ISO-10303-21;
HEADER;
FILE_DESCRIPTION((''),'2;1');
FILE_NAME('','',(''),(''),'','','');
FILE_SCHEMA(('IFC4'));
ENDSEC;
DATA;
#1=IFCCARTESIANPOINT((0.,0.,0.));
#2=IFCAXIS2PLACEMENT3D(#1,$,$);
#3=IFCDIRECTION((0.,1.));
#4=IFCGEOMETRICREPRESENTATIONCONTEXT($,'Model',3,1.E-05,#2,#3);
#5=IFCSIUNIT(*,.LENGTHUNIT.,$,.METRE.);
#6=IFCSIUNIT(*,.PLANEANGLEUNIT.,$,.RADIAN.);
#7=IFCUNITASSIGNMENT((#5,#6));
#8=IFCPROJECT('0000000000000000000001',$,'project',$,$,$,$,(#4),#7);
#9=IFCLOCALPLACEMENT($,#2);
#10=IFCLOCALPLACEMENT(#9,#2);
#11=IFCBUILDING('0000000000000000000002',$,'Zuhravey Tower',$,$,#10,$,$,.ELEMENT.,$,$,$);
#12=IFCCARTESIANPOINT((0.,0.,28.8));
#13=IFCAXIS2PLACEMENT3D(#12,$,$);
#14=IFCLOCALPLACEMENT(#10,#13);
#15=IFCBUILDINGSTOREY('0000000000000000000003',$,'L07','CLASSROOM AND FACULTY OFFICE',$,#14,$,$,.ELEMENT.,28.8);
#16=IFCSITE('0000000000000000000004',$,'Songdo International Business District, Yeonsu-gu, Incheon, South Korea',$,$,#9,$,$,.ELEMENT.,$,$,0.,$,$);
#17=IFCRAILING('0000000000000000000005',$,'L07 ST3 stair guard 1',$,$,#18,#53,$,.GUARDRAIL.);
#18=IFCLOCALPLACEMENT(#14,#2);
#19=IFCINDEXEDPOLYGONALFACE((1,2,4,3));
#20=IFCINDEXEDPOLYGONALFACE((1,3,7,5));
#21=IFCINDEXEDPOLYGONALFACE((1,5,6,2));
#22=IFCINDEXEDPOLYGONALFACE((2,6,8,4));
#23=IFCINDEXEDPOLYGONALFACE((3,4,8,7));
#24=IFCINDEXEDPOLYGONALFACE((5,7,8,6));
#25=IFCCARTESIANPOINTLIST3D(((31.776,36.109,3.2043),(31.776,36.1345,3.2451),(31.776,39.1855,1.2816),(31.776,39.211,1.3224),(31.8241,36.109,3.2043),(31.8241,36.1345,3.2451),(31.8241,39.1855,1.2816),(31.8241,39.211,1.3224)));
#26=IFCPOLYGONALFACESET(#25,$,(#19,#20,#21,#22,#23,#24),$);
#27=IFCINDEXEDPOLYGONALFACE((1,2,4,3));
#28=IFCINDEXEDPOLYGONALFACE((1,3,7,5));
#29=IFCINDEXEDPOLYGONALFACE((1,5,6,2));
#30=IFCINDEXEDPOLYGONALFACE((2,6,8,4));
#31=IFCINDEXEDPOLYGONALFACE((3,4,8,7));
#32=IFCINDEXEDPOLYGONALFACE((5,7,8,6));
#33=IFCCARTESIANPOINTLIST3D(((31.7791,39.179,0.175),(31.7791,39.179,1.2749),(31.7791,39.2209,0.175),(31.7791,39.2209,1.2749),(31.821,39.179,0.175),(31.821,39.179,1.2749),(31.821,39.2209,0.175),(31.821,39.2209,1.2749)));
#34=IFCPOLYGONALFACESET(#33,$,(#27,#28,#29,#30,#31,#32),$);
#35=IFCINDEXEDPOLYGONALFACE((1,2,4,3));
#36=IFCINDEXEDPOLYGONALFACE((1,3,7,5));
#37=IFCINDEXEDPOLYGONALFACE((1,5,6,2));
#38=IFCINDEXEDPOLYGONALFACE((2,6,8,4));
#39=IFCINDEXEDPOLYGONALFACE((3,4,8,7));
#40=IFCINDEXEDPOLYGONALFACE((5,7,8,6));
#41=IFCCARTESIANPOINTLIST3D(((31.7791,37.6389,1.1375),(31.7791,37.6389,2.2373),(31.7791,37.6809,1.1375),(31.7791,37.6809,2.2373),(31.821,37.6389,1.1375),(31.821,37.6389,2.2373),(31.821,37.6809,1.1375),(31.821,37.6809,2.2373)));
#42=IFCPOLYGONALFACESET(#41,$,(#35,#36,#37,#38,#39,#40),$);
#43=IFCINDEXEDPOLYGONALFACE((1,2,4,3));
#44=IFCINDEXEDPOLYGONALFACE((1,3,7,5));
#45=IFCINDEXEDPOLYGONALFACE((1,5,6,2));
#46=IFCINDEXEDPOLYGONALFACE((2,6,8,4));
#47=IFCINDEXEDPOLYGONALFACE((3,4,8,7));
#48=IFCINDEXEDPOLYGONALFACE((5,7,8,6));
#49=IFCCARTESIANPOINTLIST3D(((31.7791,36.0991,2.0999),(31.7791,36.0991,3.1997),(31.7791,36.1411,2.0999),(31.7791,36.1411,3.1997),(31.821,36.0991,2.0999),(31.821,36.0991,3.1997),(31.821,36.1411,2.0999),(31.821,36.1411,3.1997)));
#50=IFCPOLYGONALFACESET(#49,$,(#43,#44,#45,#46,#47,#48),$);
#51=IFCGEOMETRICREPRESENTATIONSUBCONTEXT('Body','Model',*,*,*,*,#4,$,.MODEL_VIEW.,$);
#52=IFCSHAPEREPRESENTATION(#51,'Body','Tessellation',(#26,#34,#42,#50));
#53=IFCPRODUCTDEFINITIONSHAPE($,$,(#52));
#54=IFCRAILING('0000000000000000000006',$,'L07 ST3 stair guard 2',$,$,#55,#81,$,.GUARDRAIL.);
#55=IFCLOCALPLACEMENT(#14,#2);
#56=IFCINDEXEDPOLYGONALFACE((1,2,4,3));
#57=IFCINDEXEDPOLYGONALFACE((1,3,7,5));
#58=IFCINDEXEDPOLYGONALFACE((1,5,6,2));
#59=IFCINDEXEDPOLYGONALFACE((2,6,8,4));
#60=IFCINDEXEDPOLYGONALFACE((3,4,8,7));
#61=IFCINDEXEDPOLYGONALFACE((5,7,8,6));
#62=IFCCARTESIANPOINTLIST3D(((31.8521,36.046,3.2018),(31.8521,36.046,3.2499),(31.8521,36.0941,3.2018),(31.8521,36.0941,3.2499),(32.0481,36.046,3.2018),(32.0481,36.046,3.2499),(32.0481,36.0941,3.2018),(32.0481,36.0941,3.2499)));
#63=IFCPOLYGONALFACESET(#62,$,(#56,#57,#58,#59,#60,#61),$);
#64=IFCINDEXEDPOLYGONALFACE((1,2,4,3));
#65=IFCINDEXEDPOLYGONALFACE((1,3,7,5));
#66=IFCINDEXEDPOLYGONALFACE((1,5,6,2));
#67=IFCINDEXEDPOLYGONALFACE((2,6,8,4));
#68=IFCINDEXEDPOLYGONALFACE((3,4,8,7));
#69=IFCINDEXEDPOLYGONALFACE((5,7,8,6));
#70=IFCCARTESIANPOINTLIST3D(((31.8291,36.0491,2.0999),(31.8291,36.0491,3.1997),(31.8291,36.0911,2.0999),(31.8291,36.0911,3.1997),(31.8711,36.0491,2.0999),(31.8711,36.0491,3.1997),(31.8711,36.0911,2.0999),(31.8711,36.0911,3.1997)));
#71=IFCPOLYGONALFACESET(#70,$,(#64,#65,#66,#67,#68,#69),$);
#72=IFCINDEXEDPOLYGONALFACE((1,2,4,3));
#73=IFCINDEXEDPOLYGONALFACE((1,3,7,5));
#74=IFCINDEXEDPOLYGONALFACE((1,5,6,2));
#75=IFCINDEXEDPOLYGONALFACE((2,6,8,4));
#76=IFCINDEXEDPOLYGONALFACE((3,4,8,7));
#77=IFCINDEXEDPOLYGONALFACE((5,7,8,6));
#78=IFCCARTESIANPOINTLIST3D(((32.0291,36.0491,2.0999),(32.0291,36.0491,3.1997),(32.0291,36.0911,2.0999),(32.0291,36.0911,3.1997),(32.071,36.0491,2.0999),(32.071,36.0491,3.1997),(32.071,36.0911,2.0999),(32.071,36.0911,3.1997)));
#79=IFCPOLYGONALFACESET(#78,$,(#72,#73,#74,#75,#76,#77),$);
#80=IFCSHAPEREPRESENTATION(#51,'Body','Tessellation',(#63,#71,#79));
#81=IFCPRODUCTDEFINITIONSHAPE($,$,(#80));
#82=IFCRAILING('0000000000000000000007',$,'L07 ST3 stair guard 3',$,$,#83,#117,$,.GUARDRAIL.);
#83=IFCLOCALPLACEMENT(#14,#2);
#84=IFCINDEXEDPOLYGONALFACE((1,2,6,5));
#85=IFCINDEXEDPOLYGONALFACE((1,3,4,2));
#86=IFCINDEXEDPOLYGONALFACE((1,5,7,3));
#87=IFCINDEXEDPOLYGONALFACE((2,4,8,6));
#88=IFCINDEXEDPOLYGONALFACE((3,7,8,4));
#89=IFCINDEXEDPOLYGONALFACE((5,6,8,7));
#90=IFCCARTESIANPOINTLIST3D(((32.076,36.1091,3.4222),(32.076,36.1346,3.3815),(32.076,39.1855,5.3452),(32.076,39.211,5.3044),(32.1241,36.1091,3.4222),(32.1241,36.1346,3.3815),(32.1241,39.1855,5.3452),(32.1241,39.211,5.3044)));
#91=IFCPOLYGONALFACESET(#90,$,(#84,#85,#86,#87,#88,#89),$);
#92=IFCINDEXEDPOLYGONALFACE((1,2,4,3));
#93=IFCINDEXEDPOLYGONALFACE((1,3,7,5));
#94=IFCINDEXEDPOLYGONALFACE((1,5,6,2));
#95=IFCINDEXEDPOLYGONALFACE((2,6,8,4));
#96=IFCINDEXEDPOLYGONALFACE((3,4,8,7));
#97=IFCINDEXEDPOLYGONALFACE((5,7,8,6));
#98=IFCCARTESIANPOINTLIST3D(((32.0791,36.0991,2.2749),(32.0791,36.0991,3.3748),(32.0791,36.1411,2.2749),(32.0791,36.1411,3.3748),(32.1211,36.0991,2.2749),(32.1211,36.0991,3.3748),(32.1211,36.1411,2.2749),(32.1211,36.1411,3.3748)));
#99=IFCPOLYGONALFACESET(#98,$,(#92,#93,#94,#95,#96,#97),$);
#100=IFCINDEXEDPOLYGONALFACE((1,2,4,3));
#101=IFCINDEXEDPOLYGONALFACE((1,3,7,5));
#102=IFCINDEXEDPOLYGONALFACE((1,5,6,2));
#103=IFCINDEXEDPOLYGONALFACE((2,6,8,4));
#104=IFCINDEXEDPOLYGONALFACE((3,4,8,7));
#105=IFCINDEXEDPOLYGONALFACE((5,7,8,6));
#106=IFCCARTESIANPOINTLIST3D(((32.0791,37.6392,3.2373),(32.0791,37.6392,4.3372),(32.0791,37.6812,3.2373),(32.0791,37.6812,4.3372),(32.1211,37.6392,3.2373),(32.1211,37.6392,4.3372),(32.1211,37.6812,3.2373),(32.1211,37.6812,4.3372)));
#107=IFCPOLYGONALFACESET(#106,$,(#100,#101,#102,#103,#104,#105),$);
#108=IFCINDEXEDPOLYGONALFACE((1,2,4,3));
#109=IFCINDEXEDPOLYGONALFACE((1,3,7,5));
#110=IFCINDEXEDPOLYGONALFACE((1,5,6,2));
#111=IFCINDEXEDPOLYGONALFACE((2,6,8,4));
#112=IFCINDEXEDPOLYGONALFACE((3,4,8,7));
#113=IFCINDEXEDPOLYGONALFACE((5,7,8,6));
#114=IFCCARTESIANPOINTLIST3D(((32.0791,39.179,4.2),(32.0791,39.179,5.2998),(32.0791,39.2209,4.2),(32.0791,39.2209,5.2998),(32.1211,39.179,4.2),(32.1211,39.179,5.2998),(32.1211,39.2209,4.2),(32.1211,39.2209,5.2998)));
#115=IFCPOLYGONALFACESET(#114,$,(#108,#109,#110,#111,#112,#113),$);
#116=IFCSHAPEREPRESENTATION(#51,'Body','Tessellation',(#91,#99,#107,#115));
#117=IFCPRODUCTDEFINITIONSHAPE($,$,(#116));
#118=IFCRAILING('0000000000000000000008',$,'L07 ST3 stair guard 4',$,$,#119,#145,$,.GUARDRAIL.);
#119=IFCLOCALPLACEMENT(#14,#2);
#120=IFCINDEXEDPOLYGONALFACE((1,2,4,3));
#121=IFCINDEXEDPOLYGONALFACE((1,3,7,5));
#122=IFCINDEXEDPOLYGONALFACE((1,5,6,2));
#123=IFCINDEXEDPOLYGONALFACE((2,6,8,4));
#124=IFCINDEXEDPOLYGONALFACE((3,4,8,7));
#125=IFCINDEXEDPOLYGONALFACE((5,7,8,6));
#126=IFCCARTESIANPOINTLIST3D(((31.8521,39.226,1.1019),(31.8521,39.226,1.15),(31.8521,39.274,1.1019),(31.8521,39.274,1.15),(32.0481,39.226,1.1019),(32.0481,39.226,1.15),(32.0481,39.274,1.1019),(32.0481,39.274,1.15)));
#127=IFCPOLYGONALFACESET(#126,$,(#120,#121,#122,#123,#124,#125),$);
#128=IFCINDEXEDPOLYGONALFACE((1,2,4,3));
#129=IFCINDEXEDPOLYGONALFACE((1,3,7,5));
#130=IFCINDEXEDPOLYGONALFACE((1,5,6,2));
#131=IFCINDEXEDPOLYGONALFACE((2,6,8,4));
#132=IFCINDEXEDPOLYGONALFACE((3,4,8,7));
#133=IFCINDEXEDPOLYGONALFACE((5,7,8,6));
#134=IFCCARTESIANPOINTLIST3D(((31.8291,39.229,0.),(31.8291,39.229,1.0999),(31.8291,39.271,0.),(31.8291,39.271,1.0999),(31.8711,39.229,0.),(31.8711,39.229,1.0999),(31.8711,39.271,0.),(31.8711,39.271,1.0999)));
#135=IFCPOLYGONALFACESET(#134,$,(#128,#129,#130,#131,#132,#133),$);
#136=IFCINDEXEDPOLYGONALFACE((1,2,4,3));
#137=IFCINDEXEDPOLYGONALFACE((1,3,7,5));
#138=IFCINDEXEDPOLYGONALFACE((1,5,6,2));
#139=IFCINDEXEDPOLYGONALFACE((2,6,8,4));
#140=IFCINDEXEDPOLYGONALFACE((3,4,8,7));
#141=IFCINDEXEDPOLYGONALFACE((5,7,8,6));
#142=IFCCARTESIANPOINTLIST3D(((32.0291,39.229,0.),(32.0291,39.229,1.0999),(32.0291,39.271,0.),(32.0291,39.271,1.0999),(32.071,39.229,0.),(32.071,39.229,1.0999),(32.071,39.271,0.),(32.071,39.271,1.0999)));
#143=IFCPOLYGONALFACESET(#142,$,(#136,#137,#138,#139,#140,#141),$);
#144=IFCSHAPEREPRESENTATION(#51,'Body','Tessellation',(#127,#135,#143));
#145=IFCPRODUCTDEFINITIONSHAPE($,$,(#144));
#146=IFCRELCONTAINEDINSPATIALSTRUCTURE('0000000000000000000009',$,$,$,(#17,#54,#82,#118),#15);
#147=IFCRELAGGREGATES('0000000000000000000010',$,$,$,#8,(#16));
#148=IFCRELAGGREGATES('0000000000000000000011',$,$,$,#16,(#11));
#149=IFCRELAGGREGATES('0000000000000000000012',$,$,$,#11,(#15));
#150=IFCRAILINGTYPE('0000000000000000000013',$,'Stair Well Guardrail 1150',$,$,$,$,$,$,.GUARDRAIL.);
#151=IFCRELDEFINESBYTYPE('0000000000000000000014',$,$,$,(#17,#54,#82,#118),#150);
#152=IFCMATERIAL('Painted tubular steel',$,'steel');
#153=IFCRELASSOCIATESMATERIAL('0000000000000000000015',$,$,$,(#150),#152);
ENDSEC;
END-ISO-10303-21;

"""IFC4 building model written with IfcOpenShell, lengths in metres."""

from ifc_helpers import new_model, si_unit, direction, frame, origin, origin_2d, place, context, subcontext, project, spatial, rectangle, extrude, material, type_object, element, save


model = new_model("IFC4")

# Units and contexts
model_context = context("Model", 3, precision=1e-05, world=origin(), true_north=direction((0.0, 1.0)))
body_context = subcontext(model_context, "Body", "Model", "MODEL_VIEW")
ifc_project = project(units=[si_unit("LENGTHUNIT", "METRE"), si_unit("PLANEANGLEUNIT", "RADIAN")], contexts=[model_context])

# Site, building, storey
site_placement = place(None, origin())
site = spatial("IfcSite", under=ifc_project, at=site_placement, Name="Songdo International Business District, Yeonsu-gu, Incheon, South Korea", CompositionType="ELEMENT", RefElevation=0.0)
building_placement = place(site_placement, origin())
building = spatial("IfcBuilding", under=site, at=building_placement, Name="Zuhravey Tower", CompositionType="ELEMENT")
storey_placement = place(building_placement, frame((0.0, 0.0, 28.8)))
storey = spatial("IfcBuildingStorey", under=building, at=storey_placement, Name="L07", Description="CLASSROOM AND FACULTY OFFICE", CompositionType="ELEMENT", Elevation=28.8)

# Railings
ifc_material_1 = material(Name="Painted tubular steel", Category="steel")
railing_type_1 = type_object("IfcRailingType", Name="Stair Well Guardrail 1150", PredefinedType="GUARDRAIL", material=ifc_material_1)
railing_1_placement = place(storey_placement, frame((31.8, 39.2, 0.175)))
element("IfcRailing", 1, at=railing_1_placement, inside=storey, type_object=railing_type_1, Name="L07 ST3 stair guard 1", PredefinedType="GUARDRAIL", context=body_context, shape_type="SweptSolid", body=[
    extrude(rectangle(XDim=0.0481, YDim=0.0481, at=origin_2d()), frame((0.0, -0.0017, 1.127), z_axis=(0.0, -0.84801, 0.529981), x_axis=(1.0, 0.0, 0.0)), (0.0, 0.0, 1.0), 3.6279),
    extrude(rectangle(XDim=0.042, YDim=0.042, at=origin_2d()), origin(), (0.0, 0.0, 1.0), 1.0999),
    extrude(rectangle(XDim=0.042, YDim=0.042, at=origin_2d()), frame((0.0, -1.54, 0.9624)), (0.0, 0.0, 1.0), 1.0999),
    extrude(rectangle(XDim=0.042, YDim=0.042, at=origin_2d()), frame((0.0, -3.0798, 1.9248)), (0.0, 0.0, 1.0), 1.0999),
])
railing_2_placement = place(storey_placement, frame((31.8501, 36.0701, 2.0999)))
element("IfcRailing", 2, at=railing_2_placement, inside=storey, type_object=railing_type_1, Name="L07 ST3 stair guard 2", PredefinedType="GUARDRAIL", context=body_context, shape_type="SweptSolid", body=[
    extrude(rectangle(XDim=0.0481, YDim=0.0481, at=origin_2d()), frame((0.002, 0.0, 1.126), z_axis=(1.0, 0.0, 0.0), x_axis=(0.0, 1.0, 0.0)), (0.0, 0.0, 1.0), 0.196),
    extrude(rectangle(XDim=0.042, YDim=0.042, at=origin_2d()), origin(), (0.0, 0.0, 1.0), 1.0999),
    extrude(rectangle(XDim=0.042, YDim=0.042, at=origin_2d()), frame((0.2, 0.0, 0.0)), (0.0, 0.0, 1.0), 1.0999),
])
railing_3_placement = place(storey_placement, frame((32.1001, 36.1201, 2.2749)))
element("IfcRailing", 3, at=railing_3_placement, inside=storey, type_object=railing_type_1, Name="L07 ST3 stair guard 3", PredefinedType="GUARDRAIL", context=body_context, shape_type="SweptSolid", body=[
    extrude(rectangle(XDim=0.0481, YDim=0.0481, at=origin_2d()), frame((0.0, 0.0017, 1.127), z_axis=(0.0, 0.847979, 0.530029), x_axis=(-1.0, 0.0, 0.0)), (0.0, 0.0, 1.0), 3.6279),
    extrude(rectangle(XDim=0.042, YDim=0.042, at=origin_2d()), origin(), (0.0, 0.0, 1.0), 1.0999),
    extrude(rectangle(XDim=0.042, YDim=0.042, at=origin_2d()), frame((0.0, 1.54, 0.9624)), (0.0, 0.0, 1.0), 1.0999),
    extrude(rectangle(XDim=0.042, YDim=0.042, at=origin_2d()), frame((0.0, 3.0798, 1.925)), (0.0, 0.0, 1.0), 1.0999),
])
railing_4_placement = place(storey_placement, frame((31.8501, 39.25, 0.0)))
element("IfcRailing", 4, at=railing_4_placement, inside=storey, type_object=railing_type_1, Name="L07 ST3 stair guard 4", PredefinedType="GUARDRAIL", context=body_context, shape_type="SweptSolid", body=[
    extrude(rectangle(XDim=0.0481, YDim=0.0481, at=origin_2d()), frame((0.002, 0.0, 1.126), z_axis=(1.0, 0.0, 0.0), x_axis=(0.0, 1.0, 0.0)), (0.0, 0.0, 1.0), 0.196),
    extrude(rectangle(XDim=0.042, YDim=0.042, at=origin_2d()), origin(), (0.0, 0.0, 1.0), 1.0999),
    extrude(rectangle(XDim=0.042, YDim=0.042, at=origin_2d()), frame((0.2, 0.0, 0.0)), (0.0, 0.0, 1.0), 1.0999),
])

save(model, "model.ifc")
